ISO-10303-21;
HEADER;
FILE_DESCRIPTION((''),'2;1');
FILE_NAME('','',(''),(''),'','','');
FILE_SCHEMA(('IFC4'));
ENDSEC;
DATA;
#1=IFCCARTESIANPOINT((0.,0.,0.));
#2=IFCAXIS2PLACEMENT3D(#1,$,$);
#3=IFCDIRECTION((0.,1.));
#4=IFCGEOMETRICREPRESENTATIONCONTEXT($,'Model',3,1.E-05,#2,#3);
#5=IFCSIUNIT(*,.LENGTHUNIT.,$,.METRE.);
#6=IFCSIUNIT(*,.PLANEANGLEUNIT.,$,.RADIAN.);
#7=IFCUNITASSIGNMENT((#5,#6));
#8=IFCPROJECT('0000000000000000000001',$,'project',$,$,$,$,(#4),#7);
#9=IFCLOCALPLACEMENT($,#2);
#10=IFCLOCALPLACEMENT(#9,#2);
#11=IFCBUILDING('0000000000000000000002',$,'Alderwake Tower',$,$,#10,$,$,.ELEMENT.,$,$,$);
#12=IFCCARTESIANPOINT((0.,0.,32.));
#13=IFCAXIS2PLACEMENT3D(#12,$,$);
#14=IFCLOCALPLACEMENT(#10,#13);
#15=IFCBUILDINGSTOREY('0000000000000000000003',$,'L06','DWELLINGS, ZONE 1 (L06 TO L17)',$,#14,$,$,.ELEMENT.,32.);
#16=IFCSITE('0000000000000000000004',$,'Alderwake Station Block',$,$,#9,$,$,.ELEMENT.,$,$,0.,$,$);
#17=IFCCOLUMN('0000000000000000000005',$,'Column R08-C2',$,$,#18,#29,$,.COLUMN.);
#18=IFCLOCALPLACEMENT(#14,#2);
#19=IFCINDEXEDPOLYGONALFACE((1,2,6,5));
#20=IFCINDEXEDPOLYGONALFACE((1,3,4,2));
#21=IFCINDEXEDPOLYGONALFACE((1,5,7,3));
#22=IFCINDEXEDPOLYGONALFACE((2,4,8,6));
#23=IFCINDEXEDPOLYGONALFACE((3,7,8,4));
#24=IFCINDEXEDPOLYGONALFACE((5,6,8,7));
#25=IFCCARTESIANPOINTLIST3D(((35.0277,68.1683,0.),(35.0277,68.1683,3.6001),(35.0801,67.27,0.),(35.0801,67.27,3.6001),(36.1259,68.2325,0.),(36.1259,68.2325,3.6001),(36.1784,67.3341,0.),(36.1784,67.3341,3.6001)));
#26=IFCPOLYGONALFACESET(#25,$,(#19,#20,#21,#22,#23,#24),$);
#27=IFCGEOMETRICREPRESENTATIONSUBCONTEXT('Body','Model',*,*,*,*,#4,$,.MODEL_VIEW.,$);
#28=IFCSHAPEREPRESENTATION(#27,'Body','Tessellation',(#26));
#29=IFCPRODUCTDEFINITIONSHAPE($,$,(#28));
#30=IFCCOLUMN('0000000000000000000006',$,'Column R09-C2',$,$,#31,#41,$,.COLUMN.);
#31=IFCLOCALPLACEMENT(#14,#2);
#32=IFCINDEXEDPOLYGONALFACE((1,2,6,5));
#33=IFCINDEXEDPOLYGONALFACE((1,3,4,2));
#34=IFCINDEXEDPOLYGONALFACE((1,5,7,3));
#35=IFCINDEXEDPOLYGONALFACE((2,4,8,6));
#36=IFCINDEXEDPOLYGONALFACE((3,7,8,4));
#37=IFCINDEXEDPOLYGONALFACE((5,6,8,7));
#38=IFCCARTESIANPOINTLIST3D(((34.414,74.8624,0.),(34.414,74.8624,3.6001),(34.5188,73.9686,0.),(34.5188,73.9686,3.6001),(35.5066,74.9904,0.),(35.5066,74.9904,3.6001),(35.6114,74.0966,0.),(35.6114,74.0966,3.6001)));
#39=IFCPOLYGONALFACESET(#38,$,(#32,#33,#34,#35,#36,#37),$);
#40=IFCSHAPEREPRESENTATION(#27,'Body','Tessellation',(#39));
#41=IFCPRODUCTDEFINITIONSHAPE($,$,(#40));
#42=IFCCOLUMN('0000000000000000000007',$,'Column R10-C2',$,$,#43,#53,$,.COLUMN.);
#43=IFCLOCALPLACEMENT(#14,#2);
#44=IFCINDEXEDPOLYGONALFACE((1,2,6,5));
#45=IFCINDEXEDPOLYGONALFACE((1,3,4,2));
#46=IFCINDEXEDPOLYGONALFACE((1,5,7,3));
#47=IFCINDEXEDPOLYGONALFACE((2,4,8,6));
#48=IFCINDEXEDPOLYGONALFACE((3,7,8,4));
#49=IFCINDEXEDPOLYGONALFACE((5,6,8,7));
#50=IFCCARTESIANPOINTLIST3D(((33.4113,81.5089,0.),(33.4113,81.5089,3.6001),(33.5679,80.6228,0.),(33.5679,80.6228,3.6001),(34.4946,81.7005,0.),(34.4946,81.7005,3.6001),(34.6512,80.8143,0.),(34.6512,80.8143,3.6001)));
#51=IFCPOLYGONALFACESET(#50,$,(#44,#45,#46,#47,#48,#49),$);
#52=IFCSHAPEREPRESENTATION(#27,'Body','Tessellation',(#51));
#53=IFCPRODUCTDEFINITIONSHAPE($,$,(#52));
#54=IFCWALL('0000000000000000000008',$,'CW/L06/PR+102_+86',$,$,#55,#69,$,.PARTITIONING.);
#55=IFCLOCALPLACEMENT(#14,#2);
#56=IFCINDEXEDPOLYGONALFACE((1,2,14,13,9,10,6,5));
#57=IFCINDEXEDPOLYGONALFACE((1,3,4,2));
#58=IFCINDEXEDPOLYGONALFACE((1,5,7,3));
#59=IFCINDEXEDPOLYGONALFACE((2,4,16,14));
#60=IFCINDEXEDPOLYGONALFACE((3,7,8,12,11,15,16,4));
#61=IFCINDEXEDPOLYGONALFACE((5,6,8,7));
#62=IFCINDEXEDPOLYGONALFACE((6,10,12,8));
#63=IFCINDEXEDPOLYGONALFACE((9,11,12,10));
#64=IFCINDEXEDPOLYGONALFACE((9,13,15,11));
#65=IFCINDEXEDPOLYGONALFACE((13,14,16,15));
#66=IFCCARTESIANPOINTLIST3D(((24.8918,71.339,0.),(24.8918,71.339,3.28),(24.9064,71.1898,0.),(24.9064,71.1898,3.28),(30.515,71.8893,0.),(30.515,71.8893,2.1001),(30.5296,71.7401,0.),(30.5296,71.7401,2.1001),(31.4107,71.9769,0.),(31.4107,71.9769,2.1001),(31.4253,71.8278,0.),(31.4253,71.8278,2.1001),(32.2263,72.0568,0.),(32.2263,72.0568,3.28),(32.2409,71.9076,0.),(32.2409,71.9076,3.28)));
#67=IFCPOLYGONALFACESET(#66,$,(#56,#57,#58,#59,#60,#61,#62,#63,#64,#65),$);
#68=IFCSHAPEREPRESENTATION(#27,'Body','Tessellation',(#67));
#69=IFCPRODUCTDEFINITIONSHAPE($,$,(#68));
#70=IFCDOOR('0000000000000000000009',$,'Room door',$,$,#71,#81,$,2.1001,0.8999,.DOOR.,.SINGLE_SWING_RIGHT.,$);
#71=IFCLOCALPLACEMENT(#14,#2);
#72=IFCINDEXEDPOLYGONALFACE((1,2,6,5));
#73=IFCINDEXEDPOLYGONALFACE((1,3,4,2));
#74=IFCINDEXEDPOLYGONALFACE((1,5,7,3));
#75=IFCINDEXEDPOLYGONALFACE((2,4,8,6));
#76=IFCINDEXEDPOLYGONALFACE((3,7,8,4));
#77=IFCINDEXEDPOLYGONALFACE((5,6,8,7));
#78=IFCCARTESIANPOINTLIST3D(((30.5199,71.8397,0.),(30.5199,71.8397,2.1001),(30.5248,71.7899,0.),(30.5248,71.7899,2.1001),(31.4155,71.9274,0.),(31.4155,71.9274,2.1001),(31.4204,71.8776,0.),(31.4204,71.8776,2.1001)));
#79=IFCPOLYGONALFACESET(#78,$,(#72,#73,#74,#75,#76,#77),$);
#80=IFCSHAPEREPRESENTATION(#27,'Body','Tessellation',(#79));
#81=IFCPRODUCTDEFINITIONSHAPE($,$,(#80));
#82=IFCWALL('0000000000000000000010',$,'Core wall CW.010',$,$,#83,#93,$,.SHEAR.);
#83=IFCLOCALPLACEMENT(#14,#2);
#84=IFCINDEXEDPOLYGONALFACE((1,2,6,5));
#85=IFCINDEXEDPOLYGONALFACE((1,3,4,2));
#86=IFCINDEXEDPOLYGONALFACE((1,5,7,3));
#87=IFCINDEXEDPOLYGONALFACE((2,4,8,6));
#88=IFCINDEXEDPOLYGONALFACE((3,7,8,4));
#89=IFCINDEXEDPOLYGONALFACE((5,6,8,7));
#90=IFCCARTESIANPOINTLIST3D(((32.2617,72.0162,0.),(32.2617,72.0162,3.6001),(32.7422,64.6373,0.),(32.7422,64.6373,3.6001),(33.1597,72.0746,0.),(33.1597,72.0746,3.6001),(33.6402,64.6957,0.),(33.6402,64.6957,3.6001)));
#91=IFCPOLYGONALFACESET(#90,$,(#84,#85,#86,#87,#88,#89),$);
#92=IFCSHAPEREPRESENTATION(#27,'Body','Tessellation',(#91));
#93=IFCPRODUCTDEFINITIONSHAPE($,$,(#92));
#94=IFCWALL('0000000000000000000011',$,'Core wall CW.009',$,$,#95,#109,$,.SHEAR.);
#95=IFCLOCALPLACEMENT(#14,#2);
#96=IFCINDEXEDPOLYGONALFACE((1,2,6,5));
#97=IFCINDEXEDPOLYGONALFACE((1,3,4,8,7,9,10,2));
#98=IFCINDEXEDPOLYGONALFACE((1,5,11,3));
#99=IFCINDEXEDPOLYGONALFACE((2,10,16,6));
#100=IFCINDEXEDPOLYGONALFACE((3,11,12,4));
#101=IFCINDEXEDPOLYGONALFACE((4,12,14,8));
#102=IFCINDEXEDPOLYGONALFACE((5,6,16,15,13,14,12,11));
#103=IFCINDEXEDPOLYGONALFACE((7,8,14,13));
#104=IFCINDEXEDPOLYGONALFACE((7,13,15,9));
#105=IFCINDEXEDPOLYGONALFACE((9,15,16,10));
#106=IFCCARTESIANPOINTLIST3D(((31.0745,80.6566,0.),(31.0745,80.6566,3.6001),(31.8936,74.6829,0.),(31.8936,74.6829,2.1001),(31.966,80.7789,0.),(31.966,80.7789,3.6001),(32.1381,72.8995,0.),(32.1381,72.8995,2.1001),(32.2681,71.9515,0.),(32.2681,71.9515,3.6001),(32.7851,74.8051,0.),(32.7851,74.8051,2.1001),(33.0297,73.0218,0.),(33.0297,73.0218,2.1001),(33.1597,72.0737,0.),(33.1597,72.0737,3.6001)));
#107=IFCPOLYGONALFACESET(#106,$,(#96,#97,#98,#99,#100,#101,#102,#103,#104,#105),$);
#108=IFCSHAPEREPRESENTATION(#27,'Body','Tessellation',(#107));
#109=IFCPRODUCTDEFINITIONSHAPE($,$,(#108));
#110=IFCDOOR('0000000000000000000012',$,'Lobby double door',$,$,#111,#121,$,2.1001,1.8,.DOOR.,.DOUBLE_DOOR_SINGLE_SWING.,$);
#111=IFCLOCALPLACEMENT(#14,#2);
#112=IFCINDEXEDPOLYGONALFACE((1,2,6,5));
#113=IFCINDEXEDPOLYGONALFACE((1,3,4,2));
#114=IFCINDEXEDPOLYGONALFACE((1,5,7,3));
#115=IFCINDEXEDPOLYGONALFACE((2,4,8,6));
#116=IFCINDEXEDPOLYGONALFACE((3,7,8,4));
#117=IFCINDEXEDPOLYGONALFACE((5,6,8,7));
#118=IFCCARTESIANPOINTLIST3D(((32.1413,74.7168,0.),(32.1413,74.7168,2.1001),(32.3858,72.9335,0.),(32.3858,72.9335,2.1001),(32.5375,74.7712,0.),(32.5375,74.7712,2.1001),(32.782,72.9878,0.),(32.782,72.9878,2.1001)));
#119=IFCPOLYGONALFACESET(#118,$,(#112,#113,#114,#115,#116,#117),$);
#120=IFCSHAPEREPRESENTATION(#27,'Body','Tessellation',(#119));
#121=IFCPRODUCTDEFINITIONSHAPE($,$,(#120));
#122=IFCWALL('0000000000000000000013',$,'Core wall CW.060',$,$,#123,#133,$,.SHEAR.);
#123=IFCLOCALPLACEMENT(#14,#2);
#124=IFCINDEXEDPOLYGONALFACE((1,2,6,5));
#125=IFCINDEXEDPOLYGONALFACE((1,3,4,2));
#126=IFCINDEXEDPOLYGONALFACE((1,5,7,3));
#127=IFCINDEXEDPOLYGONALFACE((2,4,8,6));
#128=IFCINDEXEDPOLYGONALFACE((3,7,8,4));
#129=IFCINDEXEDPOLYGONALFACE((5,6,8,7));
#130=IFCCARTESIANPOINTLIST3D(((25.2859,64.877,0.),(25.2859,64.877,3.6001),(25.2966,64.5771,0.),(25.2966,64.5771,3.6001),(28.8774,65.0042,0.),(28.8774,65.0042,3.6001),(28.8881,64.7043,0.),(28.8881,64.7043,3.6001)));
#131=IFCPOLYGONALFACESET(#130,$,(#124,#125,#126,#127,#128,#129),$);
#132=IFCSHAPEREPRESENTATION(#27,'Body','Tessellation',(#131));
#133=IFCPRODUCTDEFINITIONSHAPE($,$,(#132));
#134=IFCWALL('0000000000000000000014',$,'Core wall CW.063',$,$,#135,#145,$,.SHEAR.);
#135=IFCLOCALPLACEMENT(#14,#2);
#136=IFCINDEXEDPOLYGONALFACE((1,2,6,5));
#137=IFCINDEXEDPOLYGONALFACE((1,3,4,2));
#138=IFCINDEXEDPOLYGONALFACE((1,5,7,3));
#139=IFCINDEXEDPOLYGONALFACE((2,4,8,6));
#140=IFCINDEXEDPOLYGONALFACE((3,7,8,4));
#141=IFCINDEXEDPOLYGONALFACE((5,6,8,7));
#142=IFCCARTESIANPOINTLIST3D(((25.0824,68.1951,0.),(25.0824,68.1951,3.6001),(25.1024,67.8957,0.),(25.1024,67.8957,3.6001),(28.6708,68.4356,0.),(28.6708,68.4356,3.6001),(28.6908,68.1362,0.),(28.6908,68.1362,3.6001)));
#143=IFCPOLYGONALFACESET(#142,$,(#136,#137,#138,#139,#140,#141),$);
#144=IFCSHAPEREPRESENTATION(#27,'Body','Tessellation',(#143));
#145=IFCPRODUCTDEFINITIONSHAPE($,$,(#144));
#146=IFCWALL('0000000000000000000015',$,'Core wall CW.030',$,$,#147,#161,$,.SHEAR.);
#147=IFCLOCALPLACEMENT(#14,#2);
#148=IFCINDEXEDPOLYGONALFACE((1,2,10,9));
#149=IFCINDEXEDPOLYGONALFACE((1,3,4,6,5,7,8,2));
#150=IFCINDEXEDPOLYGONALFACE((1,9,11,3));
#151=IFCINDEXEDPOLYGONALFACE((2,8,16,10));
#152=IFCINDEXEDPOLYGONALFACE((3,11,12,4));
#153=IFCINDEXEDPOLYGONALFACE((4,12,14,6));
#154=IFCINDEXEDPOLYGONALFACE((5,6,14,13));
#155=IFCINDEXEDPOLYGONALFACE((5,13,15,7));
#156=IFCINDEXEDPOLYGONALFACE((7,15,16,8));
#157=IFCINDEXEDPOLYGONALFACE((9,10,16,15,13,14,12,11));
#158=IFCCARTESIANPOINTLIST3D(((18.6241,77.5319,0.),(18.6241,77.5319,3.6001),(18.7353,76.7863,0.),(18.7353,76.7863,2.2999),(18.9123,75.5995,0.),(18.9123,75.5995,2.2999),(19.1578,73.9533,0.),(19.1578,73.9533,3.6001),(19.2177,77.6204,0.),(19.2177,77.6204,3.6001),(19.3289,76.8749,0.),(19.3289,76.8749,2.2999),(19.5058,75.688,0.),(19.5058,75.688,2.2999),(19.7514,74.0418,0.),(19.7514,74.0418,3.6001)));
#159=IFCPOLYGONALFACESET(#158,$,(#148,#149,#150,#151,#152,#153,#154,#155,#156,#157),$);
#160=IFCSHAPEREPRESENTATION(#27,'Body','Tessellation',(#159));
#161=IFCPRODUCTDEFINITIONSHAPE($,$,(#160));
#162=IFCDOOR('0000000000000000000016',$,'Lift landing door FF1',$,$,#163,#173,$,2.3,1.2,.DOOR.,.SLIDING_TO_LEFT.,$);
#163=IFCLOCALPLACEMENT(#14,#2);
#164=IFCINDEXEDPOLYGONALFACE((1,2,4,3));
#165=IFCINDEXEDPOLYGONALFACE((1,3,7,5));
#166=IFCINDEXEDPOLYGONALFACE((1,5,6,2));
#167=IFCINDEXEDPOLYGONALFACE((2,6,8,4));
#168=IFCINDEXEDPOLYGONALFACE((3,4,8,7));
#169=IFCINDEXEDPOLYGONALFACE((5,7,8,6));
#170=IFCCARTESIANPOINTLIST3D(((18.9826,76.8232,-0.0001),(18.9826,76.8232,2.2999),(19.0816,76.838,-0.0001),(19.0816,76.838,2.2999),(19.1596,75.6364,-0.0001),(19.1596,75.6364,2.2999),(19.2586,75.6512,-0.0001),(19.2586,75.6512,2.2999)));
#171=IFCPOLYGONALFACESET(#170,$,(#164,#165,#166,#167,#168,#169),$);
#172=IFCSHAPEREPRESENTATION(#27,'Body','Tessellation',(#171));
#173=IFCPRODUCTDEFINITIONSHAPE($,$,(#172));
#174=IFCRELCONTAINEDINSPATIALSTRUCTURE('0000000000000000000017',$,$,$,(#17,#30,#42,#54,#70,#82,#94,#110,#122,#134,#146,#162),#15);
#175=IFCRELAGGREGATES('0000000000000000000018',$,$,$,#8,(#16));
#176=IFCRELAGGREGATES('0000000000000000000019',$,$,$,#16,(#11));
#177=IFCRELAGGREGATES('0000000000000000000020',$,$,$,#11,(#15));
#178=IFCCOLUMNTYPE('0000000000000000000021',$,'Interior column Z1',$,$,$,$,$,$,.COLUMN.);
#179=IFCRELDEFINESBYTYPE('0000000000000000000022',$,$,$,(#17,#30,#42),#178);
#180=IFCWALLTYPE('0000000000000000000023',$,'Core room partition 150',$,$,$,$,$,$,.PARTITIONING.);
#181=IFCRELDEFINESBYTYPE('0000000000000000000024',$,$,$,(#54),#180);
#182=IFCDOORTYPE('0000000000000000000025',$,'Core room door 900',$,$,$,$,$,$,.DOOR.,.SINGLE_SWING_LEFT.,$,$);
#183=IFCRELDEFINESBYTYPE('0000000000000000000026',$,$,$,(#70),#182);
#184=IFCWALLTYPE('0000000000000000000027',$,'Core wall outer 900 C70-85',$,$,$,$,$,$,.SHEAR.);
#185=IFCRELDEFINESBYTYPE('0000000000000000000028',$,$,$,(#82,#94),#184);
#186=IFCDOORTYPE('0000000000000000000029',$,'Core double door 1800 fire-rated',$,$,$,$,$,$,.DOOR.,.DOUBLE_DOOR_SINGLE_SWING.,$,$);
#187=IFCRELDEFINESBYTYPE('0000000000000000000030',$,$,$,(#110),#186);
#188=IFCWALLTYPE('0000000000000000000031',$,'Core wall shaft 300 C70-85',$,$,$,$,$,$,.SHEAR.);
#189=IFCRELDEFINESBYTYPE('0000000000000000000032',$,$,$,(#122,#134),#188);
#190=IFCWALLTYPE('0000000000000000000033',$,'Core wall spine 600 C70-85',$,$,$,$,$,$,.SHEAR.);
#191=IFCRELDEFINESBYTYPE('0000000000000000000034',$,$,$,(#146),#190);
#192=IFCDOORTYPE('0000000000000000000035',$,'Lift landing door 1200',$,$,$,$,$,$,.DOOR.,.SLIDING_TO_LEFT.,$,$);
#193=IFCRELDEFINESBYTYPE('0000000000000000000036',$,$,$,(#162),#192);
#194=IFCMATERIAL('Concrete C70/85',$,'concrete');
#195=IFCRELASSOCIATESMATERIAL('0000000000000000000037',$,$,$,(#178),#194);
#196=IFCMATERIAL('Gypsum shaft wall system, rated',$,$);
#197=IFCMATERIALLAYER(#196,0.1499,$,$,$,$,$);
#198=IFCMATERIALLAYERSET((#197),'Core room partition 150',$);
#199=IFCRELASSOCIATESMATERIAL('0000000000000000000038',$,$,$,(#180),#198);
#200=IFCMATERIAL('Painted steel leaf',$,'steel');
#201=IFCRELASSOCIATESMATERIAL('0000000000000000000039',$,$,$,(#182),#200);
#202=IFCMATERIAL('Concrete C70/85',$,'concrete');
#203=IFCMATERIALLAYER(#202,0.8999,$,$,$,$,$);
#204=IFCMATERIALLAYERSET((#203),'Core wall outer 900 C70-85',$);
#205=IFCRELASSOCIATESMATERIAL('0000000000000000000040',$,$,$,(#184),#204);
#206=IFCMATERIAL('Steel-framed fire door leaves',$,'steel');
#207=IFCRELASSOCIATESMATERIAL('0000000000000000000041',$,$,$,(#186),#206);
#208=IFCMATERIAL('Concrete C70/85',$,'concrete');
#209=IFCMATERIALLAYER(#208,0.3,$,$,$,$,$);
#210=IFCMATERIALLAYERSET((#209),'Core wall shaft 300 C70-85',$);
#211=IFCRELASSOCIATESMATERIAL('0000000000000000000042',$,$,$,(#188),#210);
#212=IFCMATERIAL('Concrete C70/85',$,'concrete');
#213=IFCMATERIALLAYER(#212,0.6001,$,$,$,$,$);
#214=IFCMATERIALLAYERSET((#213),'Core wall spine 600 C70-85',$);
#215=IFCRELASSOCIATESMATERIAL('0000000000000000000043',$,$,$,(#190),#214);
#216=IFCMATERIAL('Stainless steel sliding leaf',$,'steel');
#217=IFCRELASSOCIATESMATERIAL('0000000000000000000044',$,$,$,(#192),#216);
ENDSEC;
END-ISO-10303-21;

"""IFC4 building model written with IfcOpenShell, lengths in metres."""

from ifc_helpers import new_model, si_unit, direction, frame, frame_2d, origin, origin_2d, place, context, subcontext, project, spatial, rectangle, extrude, material, layer, layer_set, material_profile, profile_set, type_object, element, fill, save


model = new_model("IFC4")

# Units and contexts
model_context = context("Model", 3, precision=1e-05, world=origin(), true_north=direction((0.0, 1.0)))
body_context = subcontext(model_context, "Body", "Model", "MODEL_VIEW")
ifc_project = project(units=[si_unit("LENGTHUNIT", "METRE"), si_unit("PLANEANGLEUNIT", "RADIAN")], contexts=[model_context])

# Site, building, storey
site_placement = place(None, origin())
site = spatial("IfcSite", under=ifc_project, at=site_placement, Name="Alderwake Station Block", CompositionType="ELEMENT", RefElevation=0.0)
building_placement = place(site_placement, origin())
building = spatial("IfcBuilding", under=site, at=building_placement, Name="Alderwake Tower", CompositionType="ELEMENT")
storey_placement = place(building_placement, frame((0.0, 0.0, 32.0)))
storey = spatial("IfcBuildingStorey", under=building, at=storey_placement, Name="L06", Description="DWELLINGS, ZONE 1 (L06 TO L17)", CompositionType="ELEMENT", Elevation=32.0)

# Columns
ifc_material_1 = material(Name="Concrete C70/85", Category="concrete")
ifc_material_profile = material_profile(ifc_material_1, rectangle(XDim=0.8999, YDim=1.1001, at=origin_2d()), Name="RC 1100X900")
ifc_profile_set = profile_set([ifc_material_profile], Name="Concrete C70/85")
column_type = type_object("IfcColumnType", Name="Interior column Z1", PredefinedType="COLUMN", material=ifc_profile_set)
for number, where, z_axis, x_axis, name in (
    (1, (35.603, 67.7512, 0.0), (0.0, 0.0, 1.0), (-0.058301, 0.998299, 0.0), "Column R08-C2"),
    (2, (35.0127, 74.4795, 0.0), (0.0, 0.0, 1.0), (-0.116402, 0.993202, 0.0), "Column R09-C2"),
    (3, (34.0312, 81.1616, 0.0), (0.0, 0.0, 1.0), (-0.174109, 0.984726, 0.0), "Column R10-C2"),
):
    element("IfcColumn", number, at=place(storey_placement, frame(where, z_axis=z_axis, x_axis=x_axis)), inside=storey, type_object=column_type, Name=name, PredefinedType="COLUMN", context=body_context, shape_type="SweptSolid", body=[
        extrude(rectangle(XDim=0.8999, YDim=1.1001, at=origin_2d()), origin(), (0.0, 0.0, 1.0), 3.6001),
    ])

# Wall, opening, door
ifc_material_2 = material(Name="Gypsum shaft wall system, rated")
ifc_layer_1 = layer(ifc_material_2, 0.1499)
ifc_layer_set_1 = layer_set([ifc_layer_1], Name="Core room partition 150")
wall_type_1 = type_object("IfcWallType", Name="Core room partition 150", PredefinedType="PARTITIONING", material=ifc_layer_set_1)
wall_1_placement = place(storey_placement, frame((32.2336, 71.9822, 0.0), z_axis=(0.0, 0.0, 1.0), x_axis=(-0.995246, -0.097398, 0.0)))
wall_1 = element("IfcWall", 4, at=wall_1_placement, inside=storey, type_object=wall_type_1, Name="CW/L06/PR+102_+86", PredefinedType="PARTITIONING", context=body_context, shape_type="SweptSolid", body=[
    extrude(rectangle(XDim=7.3696, YDim=0.1499, at=frame_2d((3.6848, 0.0))), origin(), (0.0, 0.0, 1.0), 3.28),
])
opening_1_placement = place(wall_1_placement, frame((0.8196, 0.0, 0.0)))
opening_1 = element("IfcOpeningElement", 5, at=opening_1_placement, cuts=wall_1, PredefinedType="OPENING", context=body_context, shape_type="SweptSolid", body=[
    extrude(rectangle(XDim=0.8999, YDim=2.1001, at=frame_2d((0.45, 1.05))), frame((0.0, 0.085, 0.0), z_axis=(0.0, -1.0, 0.0), x_axis=(1.0, 0.0, 0.0)), (0.0, 0.0, 1.0), 0.1699),
])
ifc_material_3 = material(Name="Painted steel leaf", Category="steel")
door_type_1 = type_object("IfcDoorType", Name="Core room door 900", OperationType="SINGLE_SWING_LEFT", PredefinedType="DOOR", material=ifc_material_3)
door_1_placement = place(opening_1_placement, origin())
door_1 = element("IfcDoor", 6, at=door_1_placement, inside=storey, type_object=door_type_1, Name="Room door", OperationType="SINGLE_SWING_RIGHT", OverallHeight=2.1001, OverallWidth=0.8999, PredefinedType="DOOR", context=body_context, shape_type="SweptSolid", body=[
    extrude(rectangle(XDim=0.8999, YDim=2.1001, at=frame_2d((0.45, 1.05))), frame((0.0, 0.0249, 0.0), z_axis=(0.0, -1.0, 0.0), x_axis=(1.0, 0.0, 0.0)), (0.0, 0.0, 1.0), 0.05),
])
fill(opening_1, door_1)

# Wall
ifc_material_4 = material(Name="Concrete C70/85", Category="concrete")
ifc_layer_2 = layer(ifc_material_4, 0.8999)
ifc_layer_set_2 = layer_set([ifc_layer_2], Name="Core wall outer 900 C70-85")
wall_type_2 = type_object("IfcWallType", Name="Core wall outer 900 C70-85", PredefinedType="SHEAR", material=ifc_layer_set_2)
wall_2_placement = place(storey_placement, frame((33.1912, 64.6665, 0.0), z_axis=(0.0, 0.0, 1.0), x_axis=(-0.064976, 0.997887, 0.0)))
element("IfcWall", 7, at=wall_2_placement, inside=storey, type_object=wall_type_2, Name="Core wall CW.010", PredefinedType="SHEAR", context=body_context, shape_type="SweptSolid", body=[
    extrude(rectangle(XDim=7.3945, YDim=0.8999, at=frame_2d((3.6973, 0.0))), origin(), (0.0, 0.0, 1.0), 3.6001),
])

# Wall, opening, door
wall_3_placement = place(storey_placement, frame((31.5203, 80.7178, 0.0), z_axis=(0.0, 0.0, 1.0), x_axis=(0.135845, -0.99073, 0.0)))
wall_3 = element("IfcWall", 8, at=wall_3_placement, inside=storey, type_object=wall_type_2, Name="Core wall CW.009", PredefinedType="SHEAR", context=body_context, shape_type="SweptSolid", body=[
    extrude(rectangle(XDim=8.7866, YDim=0.8999, at=frame_2d((4.3933, 0.0))), origin(), (0.0, 0.0, 1.0), 3.6001),
])
opening_2_placement = place(wall_3_placement, frame((6.0298, 0.0, 0.0)))
opening_2 = element("IfcOpeningElement", 9, at=opening_2_placement, cuts=wall_3, PredefinedType="OPENING", context=body_context, shape_type="SweptSolid", body=[
    extrude(rectangle(XDim=1.8, YDim=2.1001, at=frame_2d((0.8999, 1.05))), frame((0.0, 0.46, 0.0), z_axis=(0.0, -1.0, 0.0), x_axis=(1.0, 0.0, 0.0)), (0.0, 0.0, 1.0), 0.9199),
])
ifc_material_5 = material(Name="Steel-framed fire door leaves", Category="steel")
door_type_2 = type_object("IfcDoorType", Name="Core double door 1800 fire-rated", OperationType="DOUBLE_DOOR_SINGLE_SWING", PredefinedType="DOOR", material=ifc_material_5)
door_2_placement = place(opening_2_placement, origin())
door_2 = element("IfcDoor", 10, at=door_2_placement, inside=storey, type_object=door_type_2, Name="Lobby double door", OperationType="DOUBLE_DOOR_SINGLE_SWING", OverallHeight=2.1001, OverallWidth=1.8, PredefinedType="DOOR", context=body_context, shape_type="SweptSolid", body=[
    extrude(rectangle(XDim=1.8, YDim=2.1001, at=frame_2d((0.8999, 1.05))), frame((0.0, 0.2, 0.0), z_axis=(0.0, -1.0, 0.0), x_axis=(1.0, 0.0, 0.0)), (0.0, 0.0, 1.0), 0.3999),
])
fill(opening_2, door_2)

# Walls
ifc_material_6 = material(Name="Concrete C70/85", Category="concrete")
ifc_layer_3 = layer(ifc_material_6, 0.3)
ifc_layer_set_3 = layer_set([ifc_layer_3], Name="Core wall shaft 300 C70-85")
wall_type_3 = type_object("IfcWallType", Name="Core wall shaft 300 C70-85", PredefinedType="SHEAR", material=ifc_layer_set_3)
wall_4_placement = place(storey_placement, frame((25.2913, 64.7271, 0.0), z_axis=(0.0, 0.0, 1.0), x_axis=(0.999373, 0.035393, 0.0)))
element("IfcWall", 11, at=wall_4_placement, inside=storey, type_object=wall_type_3, Name="Core wall CW.060", PredefinedType="SHEAR", context=body_context, shape_type="SweptSolid", body=[
    extrude(rectangle(XDim=3.5938, YDim=0.3, at=frame_2d((1.7969, 0.0))), origin(), (0.0, 0.0, 1.0), 3.6001),
])
wall_5_placement = place(storey_placement, frame((25.0923, 68.0454, 0.0), z_axis=(0.0, 0.0, 1.0), x_axis=(0.997762, 0.066866, 0.0)))
element("IfcWall", 12, at=wall_5_placement, inside=storey, type_object=wall_type_3, Name="Core wall CW.063", PredefinedType="SHEAR", context=body_context, shape_type="SweptSolid", body=[
    extrude(rectangle(XDim=3.5964, YDim=0.3, at=frame_2d((1.7983, 0.0))), origin(), (0.0, 0.0, 1.0), 3.6001),
])

# Wall, opening, door
ifc_material_7 = material(Name="Concrete C70/85", Category="concrete")
ifc_layer_4 = layer(ifc_material_7, 0.6001)
ifc_layer_set_4 = layer_set([ifc_layer_4], Name="Core wall spine 600 C70-85")
wall_type_4 = type_object("IfcWallType", Name="Core wall spine 600 C70-85", PredefinedType="SHEAR", material=ifc_layer_set_4)
wall_6_placement = place(storey_placement, frame((19.4546, 73.9976, 0.0), z_axis=(0.0, 0.0, 1.0), x_axis=(-0.147502, 0.989062, 0.0)))
wall_6 = element("IfcWall", 13, at=wall_6_placement, inside=storey, type_object=wall_type_4, Name="Core wall CW.030", PredefinedType="SHEAR", context=body_context, shape_type="SweptSolid", body=[
    extrude(rectangle(XDim=3.6182, YDim=0.6001, at=frame_2d((1.8091, 0.0))), origin(), (0.0, 0.0, 1.0), 3.6001),
])
opening_3_placement = place(wall_6_placement, frame((1.6643, 0.0, 0.0)))
opening_3 = element("IfcOpeningElement", 14, at=opening_3_placement, cuts=wall_6, PredefinedType="OPENING", context=body_context, shape_type="SweptSolid", body=[
    extrude(rectangle(XDim=1.2, YDim=2.3, at=frame_2d((0.6001, 1.1499))), frame((0.0, 0.3101, 0.0), z_axis=(0.0, -1.0, 0.0), x_axis=(1.0, 0.0, 0.0)), (0.0, 0.0, 1.0), 0.6201),
])
ifc_material_8 = material(Name="Stainless steel sliding leaf", Category="steel")
door_type_3 = type_object("IfcDoorType", Name="Lift landing door 1200", OperationType="SLIDING_TO_LEFT", PredefinedType="DOOR", material=ifc_material_8)
door_3_placement = place(opening_3_placement, origin())
door_3 = element("IfcDoor", 15, at=door_3_placement, inside=storey, type_object=door_type_3, Name="Lift landing door FF1", OperationType="SLIDING_TO_LEFT", OverallHeight=2.3, OverallWidth=1.2, PredefinedType="DOOR", context=body_context, shape_type="SweptSolid", body=[
    extrude(rectangle(XDim=1.2, YDim=2.3, at=frame_2d((0.6001, 1.1499))), frame((0.0, 0.05, 0.0), z_axis=(0.0, -1.0, 0.0), x_axis=(1.0, 0.0, 0.0)), (0.0, 0.0, 1.0), 0.1001),
])
fill(opening_3, door_3)

save(model, "model.ifc")
